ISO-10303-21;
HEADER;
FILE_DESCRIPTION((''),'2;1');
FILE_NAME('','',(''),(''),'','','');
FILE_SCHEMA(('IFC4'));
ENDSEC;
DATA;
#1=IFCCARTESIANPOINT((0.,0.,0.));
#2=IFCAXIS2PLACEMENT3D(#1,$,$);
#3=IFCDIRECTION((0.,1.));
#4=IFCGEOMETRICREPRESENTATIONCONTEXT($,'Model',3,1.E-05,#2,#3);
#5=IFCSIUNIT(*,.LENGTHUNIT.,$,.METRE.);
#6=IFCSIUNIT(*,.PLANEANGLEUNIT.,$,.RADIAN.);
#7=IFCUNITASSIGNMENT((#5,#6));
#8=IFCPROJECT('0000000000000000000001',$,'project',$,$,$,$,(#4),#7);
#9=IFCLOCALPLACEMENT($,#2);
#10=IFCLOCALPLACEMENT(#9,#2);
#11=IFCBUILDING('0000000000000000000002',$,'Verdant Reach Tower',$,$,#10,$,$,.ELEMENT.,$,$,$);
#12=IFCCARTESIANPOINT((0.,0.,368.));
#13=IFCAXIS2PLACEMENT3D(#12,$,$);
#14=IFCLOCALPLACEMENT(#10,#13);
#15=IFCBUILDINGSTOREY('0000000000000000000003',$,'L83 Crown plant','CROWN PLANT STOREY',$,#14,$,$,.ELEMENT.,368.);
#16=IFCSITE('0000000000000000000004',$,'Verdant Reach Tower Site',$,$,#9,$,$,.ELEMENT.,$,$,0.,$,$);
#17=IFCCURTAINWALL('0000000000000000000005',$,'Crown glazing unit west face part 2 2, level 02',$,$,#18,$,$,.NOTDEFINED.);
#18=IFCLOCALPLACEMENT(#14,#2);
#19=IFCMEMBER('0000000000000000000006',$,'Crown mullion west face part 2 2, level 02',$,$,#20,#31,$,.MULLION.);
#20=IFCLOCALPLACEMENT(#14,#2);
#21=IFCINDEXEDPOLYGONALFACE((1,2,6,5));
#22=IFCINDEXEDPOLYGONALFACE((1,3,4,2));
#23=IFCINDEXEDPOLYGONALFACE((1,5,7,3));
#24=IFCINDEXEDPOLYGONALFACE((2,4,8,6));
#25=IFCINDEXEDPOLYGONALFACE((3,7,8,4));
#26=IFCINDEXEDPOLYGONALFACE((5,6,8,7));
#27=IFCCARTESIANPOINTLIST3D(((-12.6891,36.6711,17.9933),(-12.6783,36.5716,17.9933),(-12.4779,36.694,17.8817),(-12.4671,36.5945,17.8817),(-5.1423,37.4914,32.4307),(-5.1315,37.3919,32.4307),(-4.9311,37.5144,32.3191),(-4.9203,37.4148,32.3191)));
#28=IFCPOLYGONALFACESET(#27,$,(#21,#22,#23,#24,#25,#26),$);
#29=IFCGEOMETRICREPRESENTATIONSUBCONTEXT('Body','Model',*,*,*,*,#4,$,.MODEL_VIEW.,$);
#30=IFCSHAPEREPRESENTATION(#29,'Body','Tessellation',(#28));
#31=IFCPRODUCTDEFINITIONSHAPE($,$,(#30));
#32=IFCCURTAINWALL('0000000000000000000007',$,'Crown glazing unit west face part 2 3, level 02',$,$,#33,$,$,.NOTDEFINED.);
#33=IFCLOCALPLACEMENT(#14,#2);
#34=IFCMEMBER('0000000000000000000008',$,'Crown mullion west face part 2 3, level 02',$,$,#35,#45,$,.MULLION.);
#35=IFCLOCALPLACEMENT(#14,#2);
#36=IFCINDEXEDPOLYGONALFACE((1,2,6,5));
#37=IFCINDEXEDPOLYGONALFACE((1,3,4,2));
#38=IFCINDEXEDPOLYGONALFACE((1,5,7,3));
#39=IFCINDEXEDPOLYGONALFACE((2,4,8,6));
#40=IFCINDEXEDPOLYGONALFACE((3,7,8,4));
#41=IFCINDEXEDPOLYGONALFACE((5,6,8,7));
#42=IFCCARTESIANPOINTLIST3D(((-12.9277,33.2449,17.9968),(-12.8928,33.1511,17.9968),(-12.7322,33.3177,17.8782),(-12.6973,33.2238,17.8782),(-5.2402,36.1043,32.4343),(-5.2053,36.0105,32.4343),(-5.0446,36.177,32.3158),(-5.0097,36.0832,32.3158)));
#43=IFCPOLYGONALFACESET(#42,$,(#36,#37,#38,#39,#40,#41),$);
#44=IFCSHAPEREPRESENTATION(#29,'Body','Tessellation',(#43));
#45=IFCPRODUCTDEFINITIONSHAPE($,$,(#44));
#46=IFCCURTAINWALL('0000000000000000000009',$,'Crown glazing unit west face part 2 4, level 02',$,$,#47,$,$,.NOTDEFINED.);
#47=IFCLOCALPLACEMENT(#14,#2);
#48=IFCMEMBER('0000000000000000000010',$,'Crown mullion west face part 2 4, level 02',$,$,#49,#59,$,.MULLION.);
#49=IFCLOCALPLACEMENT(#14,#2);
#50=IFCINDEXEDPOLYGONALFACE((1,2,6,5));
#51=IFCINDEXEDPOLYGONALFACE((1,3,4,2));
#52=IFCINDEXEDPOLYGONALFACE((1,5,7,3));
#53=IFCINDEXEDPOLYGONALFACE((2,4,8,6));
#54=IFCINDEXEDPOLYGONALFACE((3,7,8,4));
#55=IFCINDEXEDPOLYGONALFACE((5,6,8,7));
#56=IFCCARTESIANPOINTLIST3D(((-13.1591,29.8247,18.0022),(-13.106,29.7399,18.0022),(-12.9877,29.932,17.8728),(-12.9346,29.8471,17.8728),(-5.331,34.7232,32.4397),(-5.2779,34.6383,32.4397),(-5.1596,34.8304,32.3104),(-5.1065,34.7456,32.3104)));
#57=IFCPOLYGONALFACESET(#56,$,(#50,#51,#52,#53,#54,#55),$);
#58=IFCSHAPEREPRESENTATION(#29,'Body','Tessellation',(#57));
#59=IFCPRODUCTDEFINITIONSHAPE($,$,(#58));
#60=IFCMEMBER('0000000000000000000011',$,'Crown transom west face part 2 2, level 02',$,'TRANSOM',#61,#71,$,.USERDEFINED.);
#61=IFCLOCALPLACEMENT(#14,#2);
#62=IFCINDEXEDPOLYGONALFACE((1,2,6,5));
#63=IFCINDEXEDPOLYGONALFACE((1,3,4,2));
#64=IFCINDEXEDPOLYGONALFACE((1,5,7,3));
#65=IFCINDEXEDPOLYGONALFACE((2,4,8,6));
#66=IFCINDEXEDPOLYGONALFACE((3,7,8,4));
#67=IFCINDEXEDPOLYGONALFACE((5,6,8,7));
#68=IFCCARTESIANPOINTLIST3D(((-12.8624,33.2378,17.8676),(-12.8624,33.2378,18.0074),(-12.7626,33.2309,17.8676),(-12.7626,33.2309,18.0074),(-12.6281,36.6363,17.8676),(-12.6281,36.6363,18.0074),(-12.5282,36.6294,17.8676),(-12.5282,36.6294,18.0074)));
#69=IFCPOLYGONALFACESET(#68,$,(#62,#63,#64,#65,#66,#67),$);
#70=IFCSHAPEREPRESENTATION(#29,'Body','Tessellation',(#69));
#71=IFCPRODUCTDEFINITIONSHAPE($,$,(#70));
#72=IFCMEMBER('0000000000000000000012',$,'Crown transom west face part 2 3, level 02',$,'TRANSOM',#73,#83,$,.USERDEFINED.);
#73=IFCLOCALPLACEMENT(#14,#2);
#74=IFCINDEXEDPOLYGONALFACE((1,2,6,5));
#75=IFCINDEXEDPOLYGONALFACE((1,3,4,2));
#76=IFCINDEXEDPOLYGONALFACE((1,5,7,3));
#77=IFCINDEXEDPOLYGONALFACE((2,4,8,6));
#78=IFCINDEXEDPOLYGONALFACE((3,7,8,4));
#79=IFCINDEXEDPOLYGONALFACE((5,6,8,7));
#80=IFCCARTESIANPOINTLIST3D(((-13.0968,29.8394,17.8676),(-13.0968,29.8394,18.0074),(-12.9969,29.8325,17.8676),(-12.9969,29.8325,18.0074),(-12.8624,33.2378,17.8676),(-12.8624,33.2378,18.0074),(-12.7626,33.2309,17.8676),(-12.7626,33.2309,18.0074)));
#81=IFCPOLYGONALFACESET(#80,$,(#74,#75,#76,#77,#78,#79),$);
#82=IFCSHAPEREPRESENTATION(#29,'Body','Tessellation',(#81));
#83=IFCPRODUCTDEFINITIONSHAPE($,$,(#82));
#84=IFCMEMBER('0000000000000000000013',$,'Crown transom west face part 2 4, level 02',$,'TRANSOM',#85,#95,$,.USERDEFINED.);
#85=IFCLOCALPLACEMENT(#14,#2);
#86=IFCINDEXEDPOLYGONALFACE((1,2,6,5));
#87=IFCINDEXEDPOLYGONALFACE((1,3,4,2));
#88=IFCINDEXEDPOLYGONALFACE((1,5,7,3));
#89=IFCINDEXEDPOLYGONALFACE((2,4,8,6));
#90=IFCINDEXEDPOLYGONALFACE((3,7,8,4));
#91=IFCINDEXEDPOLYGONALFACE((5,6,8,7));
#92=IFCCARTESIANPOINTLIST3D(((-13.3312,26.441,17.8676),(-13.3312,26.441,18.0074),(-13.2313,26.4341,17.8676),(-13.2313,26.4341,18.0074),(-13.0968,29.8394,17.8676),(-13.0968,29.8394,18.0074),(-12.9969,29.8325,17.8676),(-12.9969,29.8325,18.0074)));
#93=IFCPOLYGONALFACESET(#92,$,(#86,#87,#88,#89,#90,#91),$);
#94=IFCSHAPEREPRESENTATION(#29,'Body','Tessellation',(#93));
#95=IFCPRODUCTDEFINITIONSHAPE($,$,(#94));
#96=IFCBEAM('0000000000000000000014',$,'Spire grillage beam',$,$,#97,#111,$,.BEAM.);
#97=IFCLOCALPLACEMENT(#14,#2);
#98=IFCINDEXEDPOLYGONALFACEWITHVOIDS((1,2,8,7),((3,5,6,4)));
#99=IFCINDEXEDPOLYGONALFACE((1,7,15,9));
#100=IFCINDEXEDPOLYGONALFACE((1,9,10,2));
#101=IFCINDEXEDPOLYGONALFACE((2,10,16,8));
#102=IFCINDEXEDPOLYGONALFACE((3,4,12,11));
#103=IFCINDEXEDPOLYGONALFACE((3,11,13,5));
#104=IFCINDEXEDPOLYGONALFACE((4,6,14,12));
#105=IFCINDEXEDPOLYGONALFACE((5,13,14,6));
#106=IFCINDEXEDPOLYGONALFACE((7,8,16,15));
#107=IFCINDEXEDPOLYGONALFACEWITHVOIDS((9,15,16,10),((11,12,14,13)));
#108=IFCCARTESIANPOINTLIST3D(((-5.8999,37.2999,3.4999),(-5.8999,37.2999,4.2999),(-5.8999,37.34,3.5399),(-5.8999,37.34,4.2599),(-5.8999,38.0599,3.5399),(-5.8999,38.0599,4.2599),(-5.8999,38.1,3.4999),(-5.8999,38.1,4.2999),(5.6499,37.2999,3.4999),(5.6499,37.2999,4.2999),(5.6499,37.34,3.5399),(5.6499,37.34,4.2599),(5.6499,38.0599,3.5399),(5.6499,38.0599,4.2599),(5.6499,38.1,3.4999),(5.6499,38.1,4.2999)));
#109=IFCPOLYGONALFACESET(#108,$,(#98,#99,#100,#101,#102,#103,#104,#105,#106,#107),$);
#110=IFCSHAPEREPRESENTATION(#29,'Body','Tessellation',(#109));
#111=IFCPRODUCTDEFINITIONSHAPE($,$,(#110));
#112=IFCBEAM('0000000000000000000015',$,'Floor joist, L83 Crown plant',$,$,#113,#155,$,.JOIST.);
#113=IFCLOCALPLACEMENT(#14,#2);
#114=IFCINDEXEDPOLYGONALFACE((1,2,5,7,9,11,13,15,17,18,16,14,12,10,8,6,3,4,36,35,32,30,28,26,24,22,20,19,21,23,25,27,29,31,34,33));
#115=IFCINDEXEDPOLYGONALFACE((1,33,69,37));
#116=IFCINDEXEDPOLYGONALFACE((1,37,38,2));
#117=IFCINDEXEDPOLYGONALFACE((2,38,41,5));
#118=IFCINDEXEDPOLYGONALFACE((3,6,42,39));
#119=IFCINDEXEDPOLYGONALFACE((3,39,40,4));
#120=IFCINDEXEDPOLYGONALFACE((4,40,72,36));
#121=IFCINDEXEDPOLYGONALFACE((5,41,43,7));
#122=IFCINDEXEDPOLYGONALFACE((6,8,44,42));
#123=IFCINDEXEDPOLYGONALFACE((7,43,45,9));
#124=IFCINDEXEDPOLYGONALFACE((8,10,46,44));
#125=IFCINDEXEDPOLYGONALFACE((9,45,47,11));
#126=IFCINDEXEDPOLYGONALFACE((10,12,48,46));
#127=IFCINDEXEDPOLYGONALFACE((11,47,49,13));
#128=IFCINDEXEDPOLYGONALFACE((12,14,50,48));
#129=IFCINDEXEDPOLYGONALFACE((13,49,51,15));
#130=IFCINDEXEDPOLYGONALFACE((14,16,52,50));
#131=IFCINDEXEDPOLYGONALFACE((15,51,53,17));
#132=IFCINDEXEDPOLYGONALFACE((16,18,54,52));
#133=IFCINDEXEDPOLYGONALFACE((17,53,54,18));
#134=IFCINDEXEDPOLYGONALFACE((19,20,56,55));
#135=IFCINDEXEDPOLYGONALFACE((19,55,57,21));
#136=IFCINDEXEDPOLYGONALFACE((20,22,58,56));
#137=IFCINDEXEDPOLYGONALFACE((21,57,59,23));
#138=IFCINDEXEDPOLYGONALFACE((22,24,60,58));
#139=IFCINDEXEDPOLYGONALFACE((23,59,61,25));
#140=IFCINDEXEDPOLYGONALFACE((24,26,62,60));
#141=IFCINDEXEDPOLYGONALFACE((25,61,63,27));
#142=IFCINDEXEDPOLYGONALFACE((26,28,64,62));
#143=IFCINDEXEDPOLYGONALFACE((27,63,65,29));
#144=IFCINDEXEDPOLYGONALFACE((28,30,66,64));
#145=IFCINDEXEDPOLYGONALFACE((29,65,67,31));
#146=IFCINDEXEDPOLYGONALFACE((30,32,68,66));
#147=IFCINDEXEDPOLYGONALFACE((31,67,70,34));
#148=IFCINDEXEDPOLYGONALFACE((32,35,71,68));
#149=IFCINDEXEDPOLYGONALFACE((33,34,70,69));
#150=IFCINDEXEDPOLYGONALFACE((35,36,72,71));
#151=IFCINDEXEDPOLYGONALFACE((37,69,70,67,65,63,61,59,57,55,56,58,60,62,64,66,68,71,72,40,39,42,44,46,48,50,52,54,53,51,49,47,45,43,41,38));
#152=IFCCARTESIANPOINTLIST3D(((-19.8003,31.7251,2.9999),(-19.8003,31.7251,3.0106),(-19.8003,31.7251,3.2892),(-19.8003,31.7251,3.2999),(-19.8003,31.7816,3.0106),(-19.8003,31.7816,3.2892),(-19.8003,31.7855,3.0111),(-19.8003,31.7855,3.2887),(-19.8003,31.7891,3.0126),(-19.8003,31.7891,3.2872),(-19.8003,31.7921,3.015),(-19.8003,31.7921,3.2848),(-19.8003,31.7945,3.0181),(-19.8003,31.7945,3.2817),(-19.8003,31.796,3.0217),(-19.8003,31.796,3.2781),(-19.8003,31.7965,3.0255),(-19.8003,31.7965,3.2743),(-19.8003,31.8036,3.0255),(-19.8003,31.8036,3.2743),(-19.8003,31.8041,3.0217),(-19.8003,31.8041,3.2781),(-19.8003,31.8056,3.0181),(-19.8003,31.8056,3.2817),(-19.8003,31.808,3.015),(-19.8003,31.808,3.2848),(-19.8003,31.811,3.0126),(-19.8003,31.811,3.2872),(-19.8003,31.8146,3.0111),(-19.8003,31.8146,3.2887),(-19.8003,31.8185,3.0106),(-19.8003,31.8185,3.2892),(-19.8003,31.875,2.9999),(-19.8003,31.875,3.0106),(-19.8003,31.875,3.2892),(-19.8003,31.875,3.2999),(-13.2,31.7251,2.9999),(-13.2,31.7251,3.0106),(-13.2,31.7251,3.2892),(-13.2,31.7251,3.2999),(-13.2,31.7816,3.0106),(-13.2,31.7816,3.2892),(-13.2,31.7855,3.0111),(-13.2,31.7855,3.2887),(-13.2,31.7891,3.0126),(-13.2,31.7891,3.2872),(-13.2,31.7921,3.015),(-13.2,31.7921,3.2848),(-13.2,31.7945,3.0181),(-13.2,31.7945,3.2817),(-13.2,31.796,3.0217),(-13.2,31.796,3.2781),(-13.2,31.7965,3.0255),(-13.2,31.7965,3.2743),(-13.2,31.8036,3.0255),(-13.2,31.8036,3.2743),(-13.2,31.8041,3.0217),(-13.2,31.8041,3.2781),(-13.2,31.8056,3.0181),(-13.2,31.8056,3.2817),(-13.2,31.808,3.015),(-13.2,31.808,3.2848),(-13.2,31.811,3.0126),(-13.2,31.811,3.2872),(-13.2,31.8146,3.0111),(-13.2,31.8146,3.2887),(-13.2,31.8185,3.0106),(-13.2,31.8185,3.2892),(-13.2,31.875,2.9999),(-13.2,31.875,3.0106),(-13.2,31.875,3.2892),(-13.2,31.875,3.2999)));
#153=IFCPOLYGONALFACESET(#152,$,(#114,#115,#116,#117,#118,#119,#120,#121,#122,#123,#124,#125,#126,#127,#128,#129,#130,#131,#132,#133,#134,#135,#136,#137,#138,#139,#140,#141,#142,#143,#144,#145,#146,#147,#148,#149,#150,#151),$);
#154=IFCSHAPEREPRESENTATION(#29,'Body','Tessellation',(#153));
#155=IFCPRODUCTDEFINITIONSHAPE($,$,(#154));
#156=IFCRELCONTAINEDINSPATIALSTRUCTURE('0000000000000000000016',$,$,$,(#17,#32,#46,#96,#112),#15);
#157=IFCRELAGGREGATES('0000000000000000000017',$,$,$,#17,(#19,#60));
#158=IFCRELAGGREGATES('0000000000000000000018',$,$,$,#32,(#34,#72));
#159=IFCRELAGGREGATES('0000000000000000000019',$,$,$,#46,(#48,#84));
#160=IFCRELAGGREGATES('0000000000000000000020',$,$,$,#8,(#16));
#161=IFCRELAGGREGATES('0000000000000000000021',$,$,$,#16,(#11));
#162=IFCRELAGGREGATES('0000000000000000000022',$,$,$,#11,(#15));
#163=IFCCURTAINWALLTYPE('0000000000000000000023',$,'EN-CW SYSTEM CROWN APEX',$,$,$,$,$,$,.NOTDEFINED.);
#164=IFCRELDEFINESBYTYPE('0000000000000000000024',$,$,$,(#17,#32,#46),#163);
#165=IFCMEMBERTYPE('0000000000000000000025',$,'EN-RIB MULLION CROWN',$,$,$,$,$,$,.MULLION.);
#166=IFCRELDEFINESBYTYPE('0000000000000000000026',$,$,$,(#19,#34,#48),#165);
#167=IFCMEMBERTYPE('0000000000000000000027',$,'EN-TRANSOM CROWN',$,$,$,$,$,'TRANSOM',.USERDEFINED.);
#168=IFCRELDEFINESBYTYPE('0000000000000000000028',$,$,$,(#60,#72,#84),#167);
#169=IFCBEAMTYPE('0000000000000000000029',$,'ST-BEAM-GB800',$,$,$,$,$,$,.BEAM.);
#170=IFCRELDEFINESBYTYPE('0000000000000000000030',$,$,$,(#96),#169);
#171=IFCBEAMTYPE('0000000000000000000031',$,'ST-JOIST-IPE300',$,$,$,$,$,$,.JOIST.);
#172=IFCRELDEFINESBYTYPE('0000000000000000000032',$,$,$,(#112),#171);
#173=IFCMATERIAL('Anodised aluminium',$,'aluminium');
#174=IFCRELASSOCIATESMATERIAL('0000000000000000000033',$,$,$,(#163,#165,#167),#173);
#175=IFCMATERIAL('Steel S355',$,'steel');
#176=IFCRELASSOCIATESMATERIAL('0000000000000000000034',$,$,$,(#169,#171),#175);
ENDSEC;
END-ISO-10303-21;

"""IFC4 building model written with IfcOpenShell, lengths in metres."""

from ifc_helpers import new_model, si_unit, direction, frame, origin, origin_2d, place, context, subcontext, project, spatial, rectangle, hollow_rectangle, i_section, extrude, material, material_profile, profile_set, type_object, element, aggregate, save


model = new_model("IFC4")

# Units and contexts
model_context = context("Model", 3, precision=1e-05, world=origin(), true_north=direction((0.0, 1.0)))
body_context = subcontext(model_context, "Body", "Model", "MODEL_VIEW")
ifc_project = project(units=[si_unit("LENGTHUNIT", "METRE"), si_unit("PLANEANGLEUNIT", "RADIAN")], contexts=[model_context])

# Site, building, storey
site_placement = place(None, origin())
site = spatial("IfcSite", under=ifc_project, at=site_placement, Name="Verdant Reach Tower Site", CompositionType="ELEMENT", RefElevation=0.0)
building_placement = place(site_placement, origin())
building = spatial("IfcBuilding", under=site, at=building_placement, Name="Verdant Reach Tower", CompositionType="ELEMENT")
storey_placement = place(building_placement, frame((0.0, 0.0, 368.0)))
storey = spatial("IfcBuildingStorey", under=building, at=storey_placement, Name="L83 Crown plant", Description="CROWN PLANT STOREY", CompositionType="ELEMENT", Elevation=368.0)

# Curtain walls, members
ifc_material_1 = material(Name="Anodised aluminium", Category="aluminium")
curtain_wall_type = type_object("IfcCurtainWallType", Name="EN-CW SYSTEM CROWN APEX", PredefinedType="NOTDEFINED", material=ifc_material_1)
curtain_wall_1_placement = place(storey_placement, origin())
curtain_wall_1 = element("IfcCurtainWall", 1, at=curtain_wall_1_placement, inside=storey, type_object=curtain_wall_type, Name="Crown glazing unit west face part 2 2, level 02", PredefinedType="NOTDEFINED")
ifc_material_profile_1 = material_profile(ifc_material_1, rectangle(XDim=0.1001, YDim=0.24, at=origin_2d()), Name="Mullion 100x240")
ifc_profile_set_1 = profile_set([ifc_material_profile_1], Name="Anodised aluminium")
member_type_1 = type_object("IfcMemberType", Name="EN-RIB MULLION CROWN", PredefinedType="MULLION", material=ifc_profile_set_1)
member_1_placement = place(storey_placement, frame((-12.5781, 36.6328, 17.9375), z_axis=(0.462668, 0.05029, 0.885104), x_axis=(-0.108059, 0.994144, 0.0)))
member_1 = element("IfcMember", 2, at=member_1_placement, type_object=member_type_1, Name="Crown mullion west face part 2 2, level 02", PredefinedType="MULLION", context=body_context, shape_type="SweptSolid", body=[
    extrude(rectangle(XDim=0.1001, YDim=0.24, at=origin_2d()), origin(), (0.0, 0.0, 1.0), 16.3115),
])
curtain_wall_2_placement = place(storey_placement, origin())
curtain_wall_2 = element("IfcCurtainWall", 3, at=curtain_wall_2_placement, inside=storey, type_object=curtain_wall_type, Name="Crown glazing unit west face part 2 3, level 02", PredefinedType="NOTDEFINED")
member_2_placement = place(storey_placement, frame((-12.8125, 33.2344, 17.9375), z_axis=(0.462972, 0.172203, 0.869484), x_axis=(-0.348617, 0.937265, 0.0)))
member_2 = element("IfcMember", 4, at=member_2_placement, type_object=member_type_1, Name="Crown mullion west face part 2 3, level 02", PredefinedType="MULLION", context=body_context, shape_type="SweptSolid", body=[
    extrude(rectangle(XDim=0.1001, YDim=0.24, at=origin_2d()), origin(), (0.0, 0.0, 1.0), 16.6047),
])
curtain_wall_3_placement = place(storey_placement, origin())
curtain_wall_3 = element("IfcCurtainWall", 5, at=curtain_wall_3_placement, inside=storey, type_object=curtain_wall_type, Name="Crown glazing unit west face part 2 4, level 02", PredefinedType="NOTDEFINED")
member_3_placement = place(storey_placement, frame((-13.0469, 29.8359, 17.9375), z_axis=(0.456766, 0.285821, 0.84242), x_axis=(-0.530455, 0.847713, 0.0)))
member_3 = element("IfcMember", 6, at=member_3_placement, type_object=member_type_1, Name="Crown mullion west face part 2 4, level 02", PredefinedType="MULLION", context=body_context, shape_type="SweptSolid", body=[
    extrude(rectangle(XDim=0.1001, YDim=0.24, at=origin_2d()), origin(), (0.0, 0.0, 1.0), 17.1382),
])

# Members
ifc_material_profile_2 = material_profile(ifc_material_1, rectangle(XDim=0.1001, YDim=0.1399, at=origin_2d()), Name="Transom 140x100")
ifc_profile_set_2 = profile_set([ifc_material_profile_2], Name="Anodised aluminium")
member_type_2 = type_object("IfcMemberType", Name="EN-TRANSOM CROWN", ElementType="TRANSOM", PredefinedType="USERDEFINED", material=ifc_profile_set_2)
member_4_placement = place(storey_placement, frame((-12.5781, 36.6328, 17.9375), z_axis=(-0.068802, -0.99763, 0.0), x_axis=(0.99763, -0.068802, 0.0)))
member_4 = element("IfcMember", 7, at=member_4_placement, type_object=member_type_2, Name="Crown transom west face part 2 2, level 02", ObjectType="TRANSOM", PredefinedType="USERDEFINED", context=body_context, shape_type="SweptSolid", body=[
    extrude(rectangle(XDim=0.1001, YDim=0.1399, at=origin_2d()), origin(), (0.0, 0.0, 1.0), 3.4065),
])
member_5_placement = place(storey_placement, frame((-12.8125, 33.2344, 17.9375), z_axis=(-0.068802, -0.99763, 0.0), x_axis=(0.99763, -0.068802, 0.0)))
member_5 = element("IfcMember", 8, at=member_5_placement, type_object=member_type_2, Name="Crown transom west face part 2 3, level 02", ObjectType="TRANSOM", PredefinedType="USERDEFINED", context=body_context, shape_type="SweptSolid", body=[
    extrude(rectangle(XDim=0.1001, YDim=0.1399, at=origin_2d()), origin(), (0.0, 0.0, 1.0), 3.4065),
])
member_6_placement = place(storey_placement, frame((-13.0469, 29.8359, 17.9375), z_axis=(-0.068802, -0.99763, 0.0), x_axis=(0.99763, -0.068802, 0.0)))
member_6 = element("IfcMember", 9, at=member_6_placement, type_object=member_type_2, Name="Crown transom west face part 2 4, level 02", ObjectType="TRANSOM", PredefinedType="USERDEFINED", context=body_context, shape_type="SweptSolid", body=[
    extrude(rectangle(XDim=0.1001, YDim=0.1399, at=origin_2d()), origin(), (0.0, 0.0, 1.0), 3.4065),
])

# Beams
ifc_material_2 = material(Name="Steel S355", Category="steel")
ifc_material_profile_3 = material_profile(ifc_material_2, hollow_rectangle(XDim=0.8, YDim=0.8, WallThickness=0.04, at=origin_2d()), Name="WB 800x800x40")
ifc_profile_set_3 = profile_set([ifc_material_profile_3], Name="Steel S355")
beam_type_1 = type_object("IfcBeamType", Name="ST-BEAM-GB800", PredefinedType="BEAM", material=ifc_profile_set_3)
beam_1_placement = place(storey_placement, frame((-5.8999, 37.7, 3.8999), z_axis=(1.0, 0.0, 0.0), x_axis=(0.0, 1.0, 0.0)))
element("IfcBeam", 10, at=beam_1_placement, inside=storey, type_object=beam_type_1, Name="Spire grillage beam", PredefinedType="BEAM", context=body_context, shape_type="SweptSolid", body=[
    extrude(hollow_rectangle(XDim=0.8, YDim=0.8, WallThickness=0.04, at=origin_2d()), origin(), (0.0, 0.0, 1.0), 11.5498),
])
ifc_material_profile_4 = material_profile(ifc_material_2, i_section(OverallWidth=0.1499, OverallDepth=0.3, WebThickness=0.0071, FlangeThickness=0.0107, FilletRadius=0.0149, at=origin_2d()), Name="IPE 300")
ifc_profile_set_4 = profile_set([ifc_material_profile_4], Name="Steel S355")
beam_type_2 = type_object("IfcBeamType", Name="ST-JOIST-IPE300", PredefinedType="JOIST", material=ifc_profile_set_4)
beam_2_placement = place(storey_placement, frame((-13.2, 31.8, 3.1499), z_axis=(-1.0, 0.0, 0.0), x_axis=(0.0, -1.0, 0.0)))
element("IfcBeam", 11, at=beam_2_placement, inside=storey, type_object=beam_type_2, Name="Floor joist, L83 Crown plant", PredefinedType="JOIST", context=body_context, shape_type="SweptSolid", body=[
    extrude(i_section(OverallWidth=0.1499, OverallDepth=0.3, WebThickness=0.0071, FlangeThickness=0.0107, FilletRadius=0.0149, at=origin_2d()), origin(), (0.0, 0.0, 1.0), 6.6003),
])

aggregate(curtain_wall_1, [member_1, member_4])
aggregate(curtain_wall_2, [member_2, member_5])
aggregate(curtain_wall_3, [member_3, member_6])

save(model, "model.ifc")
